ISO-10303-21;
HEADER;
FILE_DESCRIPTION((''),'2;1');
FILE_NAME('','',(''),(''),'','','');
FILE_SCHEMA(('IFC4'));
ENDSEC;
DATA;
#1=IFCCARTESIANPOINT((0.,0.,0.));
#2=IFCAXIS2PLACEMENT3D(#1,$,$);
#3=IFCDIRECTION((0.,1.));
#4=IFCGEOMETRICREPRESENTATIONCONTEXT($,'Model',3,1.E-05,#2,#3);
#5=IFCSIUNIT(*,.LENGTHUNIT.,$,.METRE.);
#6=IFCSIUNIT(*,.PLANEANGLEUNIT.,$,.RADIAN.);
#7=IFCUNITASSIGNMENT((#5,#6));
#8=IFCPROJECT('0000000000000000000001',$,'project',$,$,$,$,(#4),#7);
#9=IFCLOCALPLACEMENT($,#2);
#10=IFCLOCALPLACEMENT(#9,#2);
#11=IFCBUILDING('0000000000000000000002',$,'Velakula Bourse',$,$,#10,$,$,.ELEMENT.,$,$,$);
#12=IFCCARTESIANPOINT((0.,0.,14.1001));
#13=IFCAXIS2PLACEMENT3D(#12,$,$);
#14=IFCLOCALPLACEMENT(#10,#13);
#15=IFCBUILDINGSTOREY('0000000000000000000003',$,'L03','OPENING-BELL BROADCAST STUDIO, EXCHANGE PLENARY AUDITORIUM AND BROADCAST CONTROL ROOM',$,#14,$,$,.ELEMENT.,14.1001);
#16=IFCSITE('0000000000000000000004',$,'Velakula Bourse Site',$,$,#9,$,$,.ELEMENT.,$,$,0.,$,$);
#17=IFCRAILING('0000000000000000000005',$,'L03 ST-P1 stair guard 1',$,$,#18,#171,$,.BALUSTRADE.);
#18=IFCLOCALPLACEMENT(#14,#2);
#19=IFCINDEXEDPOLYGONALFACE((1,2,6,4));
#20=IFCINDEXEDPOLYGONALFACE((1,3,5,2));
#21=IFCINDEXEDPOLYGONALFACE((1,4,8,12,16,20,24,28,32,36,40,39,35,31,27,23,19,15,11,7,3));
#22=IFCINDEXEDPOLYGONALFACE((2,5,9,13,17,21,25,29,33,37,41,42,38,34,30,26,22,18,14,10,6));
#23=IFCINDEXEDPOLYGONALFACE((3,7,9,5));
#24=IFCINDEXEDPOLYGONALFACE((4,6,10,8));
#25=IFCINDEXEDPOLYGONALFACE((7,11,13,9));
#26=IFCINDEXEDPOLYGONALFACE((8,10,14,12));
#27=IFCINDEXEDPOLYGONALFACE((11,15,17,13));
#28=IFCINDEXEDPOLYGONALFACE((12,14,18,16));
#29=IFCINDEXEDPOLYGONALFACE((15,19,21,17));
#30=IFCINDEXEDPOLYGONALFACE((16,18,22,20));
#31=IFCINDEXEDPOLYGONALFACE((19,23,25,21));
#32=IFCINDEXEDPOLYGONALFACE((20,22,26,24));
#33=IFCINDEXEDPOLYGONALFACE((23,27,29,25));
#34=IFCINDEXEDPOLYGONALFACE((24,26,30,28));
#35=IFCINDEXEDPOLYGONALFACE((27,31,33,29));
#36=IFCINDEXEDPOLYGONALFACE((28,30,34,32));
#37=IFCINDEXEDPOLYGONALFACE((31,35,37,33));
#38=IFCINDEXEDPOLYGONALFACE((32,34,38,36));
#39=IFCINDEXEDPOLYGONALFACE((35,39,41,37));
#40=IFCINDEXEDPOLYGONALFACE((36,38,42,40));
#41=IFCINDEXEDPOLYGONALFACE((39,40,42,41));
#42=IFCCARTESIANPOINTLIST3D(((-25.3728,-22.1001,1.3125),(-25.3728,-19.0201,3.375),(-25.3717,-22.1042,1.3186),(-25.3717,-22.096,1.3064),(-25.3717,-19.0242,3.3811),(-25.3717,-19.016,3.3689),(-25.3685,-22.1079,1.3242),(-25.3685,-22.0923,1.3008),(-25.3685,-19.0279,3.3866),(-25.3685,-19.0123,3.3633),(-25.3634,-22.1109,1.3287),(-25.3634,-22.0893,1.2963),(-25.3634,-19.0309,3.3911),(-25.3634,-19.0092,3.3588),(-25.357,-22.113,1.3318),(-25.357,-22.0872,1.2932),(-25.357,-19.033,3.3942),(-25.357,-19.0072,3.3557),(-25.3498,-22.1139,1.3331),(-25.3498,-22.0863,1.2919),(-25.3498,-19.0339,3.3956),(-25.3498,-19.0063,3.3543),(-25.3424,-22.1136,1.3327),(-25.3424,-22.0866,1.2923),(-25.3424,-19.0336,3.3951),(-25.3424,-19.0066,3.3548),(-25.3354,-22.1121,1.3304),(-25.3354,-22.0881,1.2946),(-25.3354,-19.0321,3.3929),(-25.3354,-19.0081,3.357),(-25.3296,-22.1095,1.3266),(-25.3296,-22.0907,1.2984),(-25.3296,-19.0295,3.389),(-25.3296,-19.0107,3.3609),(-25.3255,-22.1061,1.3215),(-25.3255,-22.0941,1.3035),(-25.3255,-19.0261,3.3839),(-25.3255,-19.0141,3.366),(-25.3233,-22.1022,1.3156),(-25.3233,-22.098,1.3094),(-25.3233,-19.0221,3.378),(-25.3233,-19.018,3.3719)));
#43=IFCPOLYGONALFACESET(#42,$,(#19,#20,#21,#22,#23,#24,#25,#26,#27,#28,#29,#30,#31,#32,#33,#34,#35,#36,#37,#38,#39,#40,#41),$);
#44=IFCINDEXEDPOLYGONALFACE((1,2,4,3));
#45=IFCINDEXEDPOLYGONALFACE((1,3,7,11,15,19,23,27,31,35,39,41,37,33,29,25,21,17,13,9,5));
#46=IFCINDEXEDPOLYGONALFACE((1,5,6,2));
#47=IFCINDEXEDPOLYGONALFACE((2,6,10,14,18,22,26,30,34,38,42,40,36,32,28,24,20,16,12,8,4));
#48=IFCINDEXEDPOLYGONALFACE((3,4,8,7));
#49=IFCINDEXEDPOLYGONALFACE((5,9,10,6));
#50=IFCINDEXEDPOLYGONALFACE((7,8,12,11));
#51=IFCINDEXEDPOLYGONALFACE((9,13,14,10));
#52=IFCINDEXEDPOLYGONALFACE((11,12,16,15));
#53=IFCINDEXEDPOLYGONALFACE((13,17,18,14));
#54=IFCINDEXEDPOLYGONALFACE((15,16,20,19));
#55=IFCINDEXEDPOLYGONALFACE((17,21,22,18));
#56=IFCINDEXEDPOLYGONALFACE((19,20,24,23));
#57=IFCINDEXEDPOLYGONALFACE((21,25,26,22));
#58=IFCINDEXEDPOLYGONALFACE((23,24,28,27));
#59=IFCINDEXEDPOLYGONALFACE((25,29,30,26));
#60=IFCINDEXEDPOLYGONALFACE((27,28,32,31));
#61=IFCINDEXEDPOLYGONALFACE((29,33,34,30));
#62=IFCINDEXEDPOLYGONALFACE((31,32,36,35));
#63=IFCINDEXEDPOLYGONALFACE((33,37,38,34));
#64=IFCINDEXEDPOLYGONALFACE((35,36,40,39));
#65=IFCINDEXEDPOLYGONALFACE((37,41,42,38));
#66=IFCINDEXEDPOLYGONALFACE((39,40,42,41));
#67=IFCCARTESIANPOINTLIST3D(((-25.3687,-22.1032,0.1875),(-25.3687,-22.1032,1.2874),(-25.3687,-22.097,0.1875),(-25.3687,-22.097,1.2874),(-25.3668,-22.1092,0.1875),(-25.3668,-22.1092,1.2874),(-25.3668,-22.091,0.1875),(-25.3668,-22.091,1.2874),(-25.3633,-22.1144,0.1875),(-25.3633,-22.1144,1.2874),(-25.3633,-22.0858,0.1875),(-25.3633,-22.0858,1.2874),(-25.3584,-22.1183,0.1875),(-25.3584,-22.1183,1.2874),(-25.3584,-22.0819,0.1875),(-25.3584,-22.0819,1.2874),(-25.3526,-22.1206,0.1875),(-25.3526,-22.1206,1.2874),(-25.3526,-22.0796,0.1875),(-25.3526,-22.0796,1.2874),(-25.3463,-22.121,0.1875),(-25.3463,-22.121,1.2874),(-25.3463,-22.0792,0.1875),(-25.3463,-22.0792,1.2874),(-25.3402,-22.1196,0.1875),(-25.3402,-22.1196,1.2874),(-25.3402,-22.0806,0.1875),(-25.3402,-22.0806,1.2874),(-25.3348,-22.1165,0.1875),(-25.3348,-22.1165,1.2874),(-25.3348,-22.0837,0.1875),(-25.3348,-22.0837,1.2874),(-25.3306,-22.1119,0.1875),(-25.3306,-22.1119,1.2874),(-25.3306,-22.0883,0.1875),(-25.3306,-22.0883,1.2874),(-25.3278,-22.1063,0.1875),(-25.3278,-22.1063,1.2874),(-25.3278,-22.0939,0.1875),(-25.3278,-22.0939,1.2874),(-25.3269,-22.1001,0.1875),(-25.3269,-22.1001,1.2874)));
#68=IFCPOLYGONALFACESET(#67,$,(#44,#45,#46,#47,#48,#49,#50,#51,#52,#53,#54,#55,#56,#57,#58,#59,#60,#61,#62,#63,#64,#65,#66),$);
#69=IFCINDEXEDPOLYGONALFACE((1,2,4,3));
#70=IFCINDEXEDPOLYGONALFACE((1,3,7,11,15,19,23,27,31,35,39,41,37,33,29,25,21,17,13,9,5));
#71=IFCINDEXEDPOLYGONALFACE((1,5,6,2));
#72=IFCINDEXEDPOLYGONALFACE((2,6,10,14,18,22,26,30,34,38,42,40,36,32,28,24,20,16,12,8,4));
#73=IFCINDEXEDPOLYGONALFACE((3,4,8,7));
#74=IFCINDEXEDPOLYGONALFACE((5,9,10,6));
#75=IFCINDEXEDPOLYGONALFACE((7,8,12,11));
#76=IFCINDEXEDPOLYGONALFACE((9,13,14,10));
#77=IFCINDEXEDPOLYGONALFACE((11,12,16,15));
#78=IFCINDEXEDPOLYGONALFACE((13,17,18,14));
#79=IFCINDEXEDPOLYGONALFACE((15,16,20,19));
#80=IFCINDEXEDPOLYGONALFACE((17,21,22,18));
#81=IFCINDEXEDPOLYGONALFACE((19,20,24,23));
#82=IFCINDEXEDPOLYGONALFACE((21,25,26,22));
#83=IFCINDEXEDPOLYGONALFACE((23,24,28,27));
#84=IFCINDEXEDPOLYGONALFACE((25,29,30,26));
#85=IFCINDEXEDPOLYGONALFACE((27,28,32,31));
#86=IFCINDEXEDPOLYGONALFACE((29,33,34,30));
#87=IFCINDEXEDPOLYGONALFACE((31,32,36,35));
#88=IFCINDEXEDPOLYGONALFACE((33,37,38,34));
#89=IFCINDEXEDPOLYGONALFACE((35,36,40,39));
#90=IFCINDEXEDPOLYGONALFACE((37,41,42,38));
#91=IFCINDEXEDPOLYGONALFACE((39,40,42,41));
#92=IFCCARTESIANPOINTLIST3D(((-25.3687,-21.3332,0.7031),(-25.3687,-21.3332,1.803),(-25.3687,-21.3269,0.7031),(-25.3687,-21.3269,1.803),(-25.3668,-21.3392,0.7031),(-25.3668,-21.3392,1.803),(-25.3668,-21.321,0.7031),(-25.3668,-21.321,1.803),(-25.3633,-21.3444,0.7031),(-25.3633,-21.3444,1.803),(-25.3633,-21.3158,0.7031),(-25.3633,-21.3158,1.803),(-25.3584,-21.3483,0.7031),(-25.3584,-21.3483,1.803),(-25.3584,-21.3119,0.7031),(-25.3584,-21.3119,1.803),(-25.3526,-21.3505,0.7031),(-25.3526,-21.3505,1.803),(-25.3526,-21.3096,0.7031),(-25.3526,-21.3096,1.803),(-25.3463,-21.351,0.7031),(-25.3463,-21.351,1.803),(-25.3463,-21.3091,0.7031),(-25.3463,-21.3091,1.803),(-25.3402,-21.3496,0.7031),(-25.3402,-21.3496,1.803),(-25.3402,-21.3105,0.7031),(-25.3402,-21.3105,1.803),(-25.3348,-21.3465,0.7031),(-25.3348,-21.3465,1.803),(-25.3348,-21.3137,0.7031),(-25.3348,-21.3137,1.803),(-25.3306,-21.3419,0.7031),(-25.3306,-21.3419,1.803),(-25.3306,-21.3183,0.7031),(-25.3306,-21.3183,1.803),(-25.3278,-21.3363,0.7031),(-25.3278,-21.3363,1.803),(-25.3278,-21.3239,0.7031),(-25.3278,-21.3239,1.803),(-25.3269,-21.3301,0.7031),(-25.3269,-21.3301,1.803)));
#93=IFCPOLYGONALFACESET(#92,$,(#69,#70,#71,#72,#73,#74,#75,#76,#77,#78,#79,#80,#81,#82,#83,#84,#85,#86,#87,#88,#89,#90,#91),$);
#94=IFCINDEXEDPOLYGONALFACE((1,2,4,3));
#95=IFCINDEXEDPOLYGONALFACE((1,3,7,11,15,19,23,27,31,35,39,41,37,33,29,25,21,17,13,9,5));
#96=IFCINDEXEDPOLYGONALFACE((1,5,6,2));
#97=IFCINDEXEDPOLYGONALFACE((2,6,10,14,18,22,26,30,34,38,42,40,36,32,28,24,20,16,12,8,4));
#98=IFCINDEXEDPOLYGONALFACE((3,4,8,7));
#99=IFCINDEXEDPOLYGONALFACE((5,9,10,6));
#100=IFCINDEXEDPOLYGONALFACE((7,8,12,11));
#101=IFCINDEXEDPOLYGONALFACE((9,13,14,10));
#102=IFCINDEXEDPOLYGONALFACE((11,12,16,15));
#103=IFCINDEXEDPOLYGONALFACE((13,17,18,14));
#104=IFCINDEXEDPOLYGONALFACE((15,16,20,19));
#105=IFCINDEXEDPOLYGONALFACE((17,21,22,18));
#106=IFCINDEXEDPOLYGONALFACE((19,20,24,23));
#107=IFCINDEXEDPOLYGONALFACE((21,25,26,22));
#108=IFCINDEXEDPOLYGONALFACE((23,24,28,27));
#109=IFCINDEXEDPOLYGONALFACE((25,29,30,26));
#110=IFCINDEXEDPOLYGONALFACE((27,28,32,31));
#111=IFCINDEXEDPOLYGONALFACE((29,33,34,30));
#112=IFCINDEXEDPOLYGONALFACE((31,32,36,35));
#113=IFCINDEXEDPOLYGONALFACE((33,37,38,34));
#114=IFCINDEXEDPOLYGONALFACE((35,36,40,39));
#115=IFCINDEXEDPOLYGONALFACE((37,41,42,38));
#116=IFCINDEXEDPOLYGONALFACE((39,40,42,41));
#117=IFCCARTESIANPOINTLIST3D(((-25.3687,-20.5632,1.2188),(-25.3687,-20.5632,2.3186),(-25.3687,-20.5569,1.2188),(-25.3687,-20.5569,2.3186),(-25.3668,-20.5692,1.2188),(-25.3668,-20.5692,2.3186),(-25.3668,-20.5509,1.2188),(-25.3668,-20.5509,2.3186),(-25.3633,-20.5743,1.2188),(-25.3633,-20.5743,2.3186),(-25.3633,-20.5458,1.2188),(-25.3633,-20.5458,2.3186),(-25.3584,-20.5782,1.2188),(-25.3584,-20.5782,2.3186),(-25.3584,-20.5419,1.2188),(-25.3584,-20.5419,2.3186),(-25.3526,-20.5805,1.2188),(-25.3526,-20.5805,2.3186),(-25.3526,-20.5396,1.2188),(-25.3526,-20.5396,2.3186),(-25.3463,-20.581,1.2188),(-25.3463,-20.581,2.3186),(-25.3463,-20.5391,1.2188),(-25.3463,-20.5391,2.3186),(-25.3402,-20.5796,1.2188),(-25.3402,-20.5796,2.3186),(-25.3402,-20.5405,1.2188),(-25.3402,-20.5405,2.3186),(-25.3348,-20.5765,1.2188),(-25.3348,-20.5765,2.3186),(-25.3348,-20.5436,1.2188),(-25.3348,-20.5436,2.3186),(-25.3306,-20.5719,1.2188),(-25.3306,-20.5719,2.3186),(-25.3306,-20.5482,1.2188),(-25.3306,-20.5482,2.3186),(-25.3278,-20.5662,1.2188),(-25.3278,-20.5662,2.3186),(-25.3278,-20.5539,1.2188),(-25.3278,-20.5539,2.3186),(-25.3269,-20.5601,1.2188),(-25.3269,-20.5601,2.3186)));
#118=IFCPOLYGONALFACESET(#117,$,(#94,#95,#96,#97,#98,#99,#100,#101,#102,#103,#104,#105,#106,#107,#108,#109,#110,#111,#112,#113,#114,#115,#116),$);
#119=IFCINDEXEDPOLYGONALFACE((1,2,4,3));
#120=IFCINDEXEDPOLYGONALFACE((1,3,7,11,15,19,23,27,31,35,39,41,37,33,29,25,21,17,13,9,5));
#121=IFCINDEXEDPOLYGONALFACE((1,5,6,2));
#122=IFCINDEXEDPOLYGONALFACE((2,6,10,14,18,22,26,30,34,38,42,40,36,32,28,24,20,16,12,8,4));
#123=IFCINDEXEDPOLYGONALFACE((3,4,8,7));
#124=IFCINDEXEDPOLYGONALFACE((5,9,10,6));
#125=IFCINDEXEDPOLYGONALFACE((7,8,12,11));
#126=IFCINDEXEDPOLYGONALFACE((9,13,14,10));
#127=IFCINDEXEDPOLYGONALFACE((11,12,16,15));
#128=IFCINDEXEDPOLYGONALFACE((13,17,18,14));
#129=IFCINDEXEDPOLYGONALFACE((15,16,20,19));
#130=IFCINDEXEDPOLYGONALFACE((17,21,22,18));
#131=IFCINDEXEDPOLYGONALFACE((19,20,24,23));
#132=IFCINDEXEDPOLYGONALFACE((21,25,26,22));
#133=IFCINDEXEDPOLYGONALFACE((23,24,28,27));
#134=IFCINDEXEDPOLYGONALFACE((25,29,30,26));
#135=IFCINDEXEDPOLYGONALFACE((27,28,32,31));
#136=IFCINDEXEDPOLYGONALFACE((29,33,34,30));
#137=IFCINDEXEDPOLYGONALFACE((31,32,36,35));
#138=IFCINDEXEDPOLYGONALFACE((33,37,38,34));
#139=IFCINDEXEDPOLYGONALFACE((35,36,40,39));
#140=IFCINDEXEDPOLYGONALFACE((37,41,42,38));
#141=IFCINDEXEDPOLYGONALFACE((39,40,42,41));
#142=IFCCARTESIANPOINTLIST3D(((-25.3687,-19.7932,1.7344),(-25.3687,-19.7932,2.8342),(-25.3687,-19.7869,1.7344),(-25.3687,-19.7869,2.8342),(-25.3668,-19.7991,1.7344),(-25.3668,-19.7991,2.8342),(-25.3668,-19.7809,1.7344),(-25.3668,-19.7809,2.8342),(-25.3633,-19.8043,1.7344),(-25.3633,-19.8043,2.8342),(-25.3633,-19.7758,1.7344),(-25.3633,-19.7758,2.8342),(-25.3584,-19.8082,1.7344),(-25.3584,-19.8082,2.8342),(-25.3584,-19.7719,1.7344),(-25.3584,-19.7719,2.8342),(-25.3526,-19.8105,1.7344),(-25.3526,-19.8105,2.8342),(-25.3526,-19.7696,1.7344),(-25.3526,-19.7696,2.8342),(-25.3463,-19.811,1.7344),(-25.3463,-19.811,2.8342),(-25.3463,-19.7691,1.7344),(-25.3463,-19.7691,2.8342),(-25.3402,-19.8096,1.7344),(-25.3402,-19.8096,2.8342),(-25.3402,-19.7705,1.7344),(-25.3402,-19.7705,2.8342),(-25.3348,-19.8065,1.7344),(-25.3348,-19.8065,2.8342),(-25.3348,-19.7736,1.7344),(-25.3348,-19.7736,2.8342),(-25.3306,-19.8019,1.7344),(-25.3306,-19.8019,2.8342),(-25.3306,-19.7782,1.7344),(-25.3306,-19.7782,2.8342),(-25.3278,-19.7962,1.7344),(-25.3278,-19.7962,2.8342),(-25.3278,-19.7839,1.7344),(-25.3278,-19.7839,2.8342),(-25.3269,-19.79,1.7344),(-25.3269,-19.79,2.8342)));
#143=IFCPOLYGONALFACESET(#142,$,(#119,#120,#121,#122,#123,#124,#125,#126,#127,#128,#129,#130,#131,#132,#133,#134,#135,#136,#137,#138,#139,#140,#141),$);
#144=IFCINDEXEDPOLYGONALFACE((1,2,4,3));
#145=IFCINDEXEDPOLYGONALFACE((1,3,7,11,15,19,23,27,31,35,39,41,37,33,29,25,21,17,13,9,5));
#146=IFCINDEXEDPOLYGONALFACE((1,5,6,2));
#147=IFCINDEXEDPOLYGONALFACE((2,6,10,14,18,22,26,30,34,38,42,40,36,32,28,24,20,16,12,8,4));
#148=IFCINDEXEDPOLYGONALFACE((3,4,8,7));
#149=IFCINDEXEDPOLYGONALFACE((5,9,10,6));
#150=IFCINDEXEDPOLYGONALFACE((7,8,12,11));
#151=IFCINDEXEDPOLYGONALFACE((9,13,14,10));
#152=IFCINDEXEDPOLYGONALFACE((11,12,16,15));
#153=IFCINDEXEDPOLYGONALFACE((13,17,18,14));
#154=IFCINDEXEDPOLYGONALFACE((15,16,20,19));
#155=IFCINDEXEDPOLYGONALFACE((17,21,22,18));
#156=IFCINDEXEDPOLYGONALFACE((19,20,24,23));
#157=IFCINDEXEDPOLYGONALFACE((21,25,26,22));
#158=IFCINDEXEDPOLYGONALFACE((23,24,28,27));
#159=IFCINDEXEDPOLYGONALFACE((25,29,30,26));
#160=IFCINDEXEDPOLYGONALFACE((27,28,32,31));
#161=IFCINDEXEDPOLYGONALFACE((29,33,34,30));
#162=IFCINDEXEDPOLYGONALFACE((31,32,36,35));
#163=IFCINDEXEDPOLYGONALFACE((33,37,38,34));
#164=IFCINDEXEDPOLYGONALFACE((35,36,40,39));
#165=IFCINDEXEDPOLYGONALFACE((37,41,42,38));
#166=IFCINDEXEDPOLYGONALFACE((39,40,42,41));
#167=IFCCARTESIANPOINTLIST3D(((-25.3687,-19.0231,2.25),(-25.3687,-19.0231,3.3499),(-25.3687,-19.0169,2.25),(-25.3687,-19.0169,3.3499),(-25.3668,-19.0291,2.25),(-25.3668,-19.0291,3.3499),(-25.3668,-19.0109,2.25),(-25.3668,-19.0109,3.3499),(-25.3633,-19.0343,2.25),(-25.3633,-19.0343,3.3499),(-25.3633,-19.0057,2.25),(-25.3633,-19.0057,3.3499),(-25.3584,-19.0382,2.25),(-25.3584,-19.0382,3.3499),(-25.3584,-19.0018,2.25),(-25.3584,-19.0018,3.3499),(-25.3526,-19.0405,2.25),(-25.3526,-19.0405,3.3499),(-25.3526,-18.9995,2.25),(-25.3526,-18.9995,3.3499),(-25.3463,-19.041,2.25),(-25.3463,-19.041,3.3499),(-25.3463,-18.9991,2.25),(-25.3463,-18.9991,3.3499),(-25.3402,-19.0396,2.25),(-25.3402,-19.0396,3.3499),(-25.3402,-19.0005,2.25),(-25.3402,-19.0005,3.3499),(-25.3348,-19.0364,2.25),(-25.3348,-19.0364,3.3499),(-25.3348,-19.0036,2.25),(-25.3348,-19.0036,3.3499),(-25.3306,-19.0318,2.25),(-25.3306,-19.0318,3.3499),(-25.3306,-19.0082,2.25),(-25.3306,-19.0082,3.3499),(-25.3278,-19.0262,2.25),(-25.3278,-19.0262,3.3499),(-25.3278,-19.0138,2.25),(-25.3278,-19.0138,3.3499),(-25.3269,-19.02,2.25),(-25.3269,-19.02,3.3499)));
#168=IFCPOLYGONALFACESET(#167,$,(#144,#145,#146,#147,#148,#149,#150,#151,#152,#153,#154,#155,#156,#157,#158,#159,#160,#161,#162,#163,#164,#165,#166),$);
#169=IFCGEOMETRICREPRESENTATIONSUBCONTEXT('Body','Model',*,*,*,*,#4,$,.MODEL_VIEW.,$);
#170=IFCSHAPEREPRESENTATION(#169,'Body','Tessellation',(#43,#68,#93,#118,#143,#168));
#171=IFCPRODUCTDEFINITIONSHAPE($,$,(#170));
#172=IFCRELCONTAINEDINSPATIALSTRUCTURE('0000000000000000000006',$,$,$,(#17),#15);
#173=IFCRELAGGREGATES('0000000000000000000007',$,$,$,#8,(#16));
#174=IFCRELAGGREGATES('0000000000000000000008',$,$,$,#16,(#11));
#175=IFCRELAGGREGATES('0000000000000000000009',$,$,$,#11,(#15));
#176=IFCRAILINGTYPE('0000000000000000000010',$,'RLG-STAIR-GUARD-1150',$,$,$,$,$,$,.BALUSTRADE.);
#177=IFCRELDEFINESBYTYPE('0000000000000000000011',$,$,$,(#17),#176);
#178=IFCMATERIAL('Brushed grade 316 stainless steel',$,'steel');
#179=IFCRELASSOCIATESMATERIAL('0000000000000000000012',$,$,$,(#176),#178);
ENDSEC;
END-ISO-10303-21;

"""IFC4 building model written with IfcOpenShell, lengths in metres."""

from ifc_helpers import new_model, si_unit, direction, frame, origin, origin_2d, place, context, subcontext, project, spatial, circle, extrude, material, type_object, element, save


model = new_model("IFC4")

# Units and contexts
model_context = context("Model", 3, precision=1e-05, world=origin(), true_north=direction((0.0, 1.0)))
body_context = subcontext(model_context, "Body", "Model", "MODEL_VIEW")
ifc_project = project(units=[si_unit("LENGTHUNIT", "METRE"), si_unit("PLANEANGLEUNIT", "RADIAN")], contexts=[model_context])

# Site, building, storey
site_placement = place(None, origin())
site = spatial("IfcSite", under=ifc_project, at=site_placement, Name="Velakula Bourse Site", CompositionType="ELEMENT", RefElevation=0.0)
building_placement = place(site_placement, origin())
building = spatial("IfcBuilding", under=site, at=building_placement, Name="Velakula Bourse", CompositionType="ELEMENT")
storey_placement = place(building_placement, frame((0.0, 0.0, 14.1001)))
storey = spatial("IfcBuildingStorey", under=building, at=storey_placement, Name="L03", Description="OPENING-BELL BROADCAST STUDIO, EXCHANGE PLENARY AUDITORIUM AND BROADCAST CONTROL ROOM", CompositionType="ELEMENT", Elevation=14.1001)

# Railing
ifc_material_1 = material(Name="Brushed grade 316 stainless steel", Category="steel")
railing_type_1 = type_object("IfcRailingType", Name="RLG-STAIR-GUARD-1150", PredefinedType="BALUSTRADE", material=ifc_material_1)
railing_1_placement = place(storey_placement, frame((-25.3479, -22.1001, 0.1875)))
element("IfcRailing", 1, at=railing_1_placement, inside=storey, type_object=railing_type_1, Name="L03 ST-P1 stair guard 1", PredefinedType="BALUSTRADE", context=body_context, shape_type="SweptSolid", body=[
    extrude(circle(Radius=0.0249, at=origin_2d()), frame((0.0, 0.0, 1.125), z_axis=(0.0, 0.830914, 0.556401), x_axis=(-1.0, 0.0, 0.0)), (0.0, 0.0, 1.0), 3.7068),
    extrude(circle(Radius=0.021, at=origin_2d()), origin(), (0.0, 0.0, 1.0), 1.0999),
    extrude(circle(Radius=0.021, at=origin_2d()), frame((0.0, 0.77, 0.5156)), (0.0, 0.0, 1.0), 1.0999),
    extrude(circle(Radius=0.021, at=origin_2d()), frame((0.0, 1.54, 1.0312)), (0.0, 0.0, 1.0), 1.0999),
    extrude(circle(Radius=0.021, at=origin_2d()), frame((0.0, 2.3101, 1.5469)), (0.0, 0.0, 1.0), 1.0999),
    extrude(circle(Radius=0.021, at=origin_2d()), frame((0.0, 3.0801, 2.0625)), (0.0, 0.0, 1.0), 1.0999),
])

save(model, "model.ifc")
